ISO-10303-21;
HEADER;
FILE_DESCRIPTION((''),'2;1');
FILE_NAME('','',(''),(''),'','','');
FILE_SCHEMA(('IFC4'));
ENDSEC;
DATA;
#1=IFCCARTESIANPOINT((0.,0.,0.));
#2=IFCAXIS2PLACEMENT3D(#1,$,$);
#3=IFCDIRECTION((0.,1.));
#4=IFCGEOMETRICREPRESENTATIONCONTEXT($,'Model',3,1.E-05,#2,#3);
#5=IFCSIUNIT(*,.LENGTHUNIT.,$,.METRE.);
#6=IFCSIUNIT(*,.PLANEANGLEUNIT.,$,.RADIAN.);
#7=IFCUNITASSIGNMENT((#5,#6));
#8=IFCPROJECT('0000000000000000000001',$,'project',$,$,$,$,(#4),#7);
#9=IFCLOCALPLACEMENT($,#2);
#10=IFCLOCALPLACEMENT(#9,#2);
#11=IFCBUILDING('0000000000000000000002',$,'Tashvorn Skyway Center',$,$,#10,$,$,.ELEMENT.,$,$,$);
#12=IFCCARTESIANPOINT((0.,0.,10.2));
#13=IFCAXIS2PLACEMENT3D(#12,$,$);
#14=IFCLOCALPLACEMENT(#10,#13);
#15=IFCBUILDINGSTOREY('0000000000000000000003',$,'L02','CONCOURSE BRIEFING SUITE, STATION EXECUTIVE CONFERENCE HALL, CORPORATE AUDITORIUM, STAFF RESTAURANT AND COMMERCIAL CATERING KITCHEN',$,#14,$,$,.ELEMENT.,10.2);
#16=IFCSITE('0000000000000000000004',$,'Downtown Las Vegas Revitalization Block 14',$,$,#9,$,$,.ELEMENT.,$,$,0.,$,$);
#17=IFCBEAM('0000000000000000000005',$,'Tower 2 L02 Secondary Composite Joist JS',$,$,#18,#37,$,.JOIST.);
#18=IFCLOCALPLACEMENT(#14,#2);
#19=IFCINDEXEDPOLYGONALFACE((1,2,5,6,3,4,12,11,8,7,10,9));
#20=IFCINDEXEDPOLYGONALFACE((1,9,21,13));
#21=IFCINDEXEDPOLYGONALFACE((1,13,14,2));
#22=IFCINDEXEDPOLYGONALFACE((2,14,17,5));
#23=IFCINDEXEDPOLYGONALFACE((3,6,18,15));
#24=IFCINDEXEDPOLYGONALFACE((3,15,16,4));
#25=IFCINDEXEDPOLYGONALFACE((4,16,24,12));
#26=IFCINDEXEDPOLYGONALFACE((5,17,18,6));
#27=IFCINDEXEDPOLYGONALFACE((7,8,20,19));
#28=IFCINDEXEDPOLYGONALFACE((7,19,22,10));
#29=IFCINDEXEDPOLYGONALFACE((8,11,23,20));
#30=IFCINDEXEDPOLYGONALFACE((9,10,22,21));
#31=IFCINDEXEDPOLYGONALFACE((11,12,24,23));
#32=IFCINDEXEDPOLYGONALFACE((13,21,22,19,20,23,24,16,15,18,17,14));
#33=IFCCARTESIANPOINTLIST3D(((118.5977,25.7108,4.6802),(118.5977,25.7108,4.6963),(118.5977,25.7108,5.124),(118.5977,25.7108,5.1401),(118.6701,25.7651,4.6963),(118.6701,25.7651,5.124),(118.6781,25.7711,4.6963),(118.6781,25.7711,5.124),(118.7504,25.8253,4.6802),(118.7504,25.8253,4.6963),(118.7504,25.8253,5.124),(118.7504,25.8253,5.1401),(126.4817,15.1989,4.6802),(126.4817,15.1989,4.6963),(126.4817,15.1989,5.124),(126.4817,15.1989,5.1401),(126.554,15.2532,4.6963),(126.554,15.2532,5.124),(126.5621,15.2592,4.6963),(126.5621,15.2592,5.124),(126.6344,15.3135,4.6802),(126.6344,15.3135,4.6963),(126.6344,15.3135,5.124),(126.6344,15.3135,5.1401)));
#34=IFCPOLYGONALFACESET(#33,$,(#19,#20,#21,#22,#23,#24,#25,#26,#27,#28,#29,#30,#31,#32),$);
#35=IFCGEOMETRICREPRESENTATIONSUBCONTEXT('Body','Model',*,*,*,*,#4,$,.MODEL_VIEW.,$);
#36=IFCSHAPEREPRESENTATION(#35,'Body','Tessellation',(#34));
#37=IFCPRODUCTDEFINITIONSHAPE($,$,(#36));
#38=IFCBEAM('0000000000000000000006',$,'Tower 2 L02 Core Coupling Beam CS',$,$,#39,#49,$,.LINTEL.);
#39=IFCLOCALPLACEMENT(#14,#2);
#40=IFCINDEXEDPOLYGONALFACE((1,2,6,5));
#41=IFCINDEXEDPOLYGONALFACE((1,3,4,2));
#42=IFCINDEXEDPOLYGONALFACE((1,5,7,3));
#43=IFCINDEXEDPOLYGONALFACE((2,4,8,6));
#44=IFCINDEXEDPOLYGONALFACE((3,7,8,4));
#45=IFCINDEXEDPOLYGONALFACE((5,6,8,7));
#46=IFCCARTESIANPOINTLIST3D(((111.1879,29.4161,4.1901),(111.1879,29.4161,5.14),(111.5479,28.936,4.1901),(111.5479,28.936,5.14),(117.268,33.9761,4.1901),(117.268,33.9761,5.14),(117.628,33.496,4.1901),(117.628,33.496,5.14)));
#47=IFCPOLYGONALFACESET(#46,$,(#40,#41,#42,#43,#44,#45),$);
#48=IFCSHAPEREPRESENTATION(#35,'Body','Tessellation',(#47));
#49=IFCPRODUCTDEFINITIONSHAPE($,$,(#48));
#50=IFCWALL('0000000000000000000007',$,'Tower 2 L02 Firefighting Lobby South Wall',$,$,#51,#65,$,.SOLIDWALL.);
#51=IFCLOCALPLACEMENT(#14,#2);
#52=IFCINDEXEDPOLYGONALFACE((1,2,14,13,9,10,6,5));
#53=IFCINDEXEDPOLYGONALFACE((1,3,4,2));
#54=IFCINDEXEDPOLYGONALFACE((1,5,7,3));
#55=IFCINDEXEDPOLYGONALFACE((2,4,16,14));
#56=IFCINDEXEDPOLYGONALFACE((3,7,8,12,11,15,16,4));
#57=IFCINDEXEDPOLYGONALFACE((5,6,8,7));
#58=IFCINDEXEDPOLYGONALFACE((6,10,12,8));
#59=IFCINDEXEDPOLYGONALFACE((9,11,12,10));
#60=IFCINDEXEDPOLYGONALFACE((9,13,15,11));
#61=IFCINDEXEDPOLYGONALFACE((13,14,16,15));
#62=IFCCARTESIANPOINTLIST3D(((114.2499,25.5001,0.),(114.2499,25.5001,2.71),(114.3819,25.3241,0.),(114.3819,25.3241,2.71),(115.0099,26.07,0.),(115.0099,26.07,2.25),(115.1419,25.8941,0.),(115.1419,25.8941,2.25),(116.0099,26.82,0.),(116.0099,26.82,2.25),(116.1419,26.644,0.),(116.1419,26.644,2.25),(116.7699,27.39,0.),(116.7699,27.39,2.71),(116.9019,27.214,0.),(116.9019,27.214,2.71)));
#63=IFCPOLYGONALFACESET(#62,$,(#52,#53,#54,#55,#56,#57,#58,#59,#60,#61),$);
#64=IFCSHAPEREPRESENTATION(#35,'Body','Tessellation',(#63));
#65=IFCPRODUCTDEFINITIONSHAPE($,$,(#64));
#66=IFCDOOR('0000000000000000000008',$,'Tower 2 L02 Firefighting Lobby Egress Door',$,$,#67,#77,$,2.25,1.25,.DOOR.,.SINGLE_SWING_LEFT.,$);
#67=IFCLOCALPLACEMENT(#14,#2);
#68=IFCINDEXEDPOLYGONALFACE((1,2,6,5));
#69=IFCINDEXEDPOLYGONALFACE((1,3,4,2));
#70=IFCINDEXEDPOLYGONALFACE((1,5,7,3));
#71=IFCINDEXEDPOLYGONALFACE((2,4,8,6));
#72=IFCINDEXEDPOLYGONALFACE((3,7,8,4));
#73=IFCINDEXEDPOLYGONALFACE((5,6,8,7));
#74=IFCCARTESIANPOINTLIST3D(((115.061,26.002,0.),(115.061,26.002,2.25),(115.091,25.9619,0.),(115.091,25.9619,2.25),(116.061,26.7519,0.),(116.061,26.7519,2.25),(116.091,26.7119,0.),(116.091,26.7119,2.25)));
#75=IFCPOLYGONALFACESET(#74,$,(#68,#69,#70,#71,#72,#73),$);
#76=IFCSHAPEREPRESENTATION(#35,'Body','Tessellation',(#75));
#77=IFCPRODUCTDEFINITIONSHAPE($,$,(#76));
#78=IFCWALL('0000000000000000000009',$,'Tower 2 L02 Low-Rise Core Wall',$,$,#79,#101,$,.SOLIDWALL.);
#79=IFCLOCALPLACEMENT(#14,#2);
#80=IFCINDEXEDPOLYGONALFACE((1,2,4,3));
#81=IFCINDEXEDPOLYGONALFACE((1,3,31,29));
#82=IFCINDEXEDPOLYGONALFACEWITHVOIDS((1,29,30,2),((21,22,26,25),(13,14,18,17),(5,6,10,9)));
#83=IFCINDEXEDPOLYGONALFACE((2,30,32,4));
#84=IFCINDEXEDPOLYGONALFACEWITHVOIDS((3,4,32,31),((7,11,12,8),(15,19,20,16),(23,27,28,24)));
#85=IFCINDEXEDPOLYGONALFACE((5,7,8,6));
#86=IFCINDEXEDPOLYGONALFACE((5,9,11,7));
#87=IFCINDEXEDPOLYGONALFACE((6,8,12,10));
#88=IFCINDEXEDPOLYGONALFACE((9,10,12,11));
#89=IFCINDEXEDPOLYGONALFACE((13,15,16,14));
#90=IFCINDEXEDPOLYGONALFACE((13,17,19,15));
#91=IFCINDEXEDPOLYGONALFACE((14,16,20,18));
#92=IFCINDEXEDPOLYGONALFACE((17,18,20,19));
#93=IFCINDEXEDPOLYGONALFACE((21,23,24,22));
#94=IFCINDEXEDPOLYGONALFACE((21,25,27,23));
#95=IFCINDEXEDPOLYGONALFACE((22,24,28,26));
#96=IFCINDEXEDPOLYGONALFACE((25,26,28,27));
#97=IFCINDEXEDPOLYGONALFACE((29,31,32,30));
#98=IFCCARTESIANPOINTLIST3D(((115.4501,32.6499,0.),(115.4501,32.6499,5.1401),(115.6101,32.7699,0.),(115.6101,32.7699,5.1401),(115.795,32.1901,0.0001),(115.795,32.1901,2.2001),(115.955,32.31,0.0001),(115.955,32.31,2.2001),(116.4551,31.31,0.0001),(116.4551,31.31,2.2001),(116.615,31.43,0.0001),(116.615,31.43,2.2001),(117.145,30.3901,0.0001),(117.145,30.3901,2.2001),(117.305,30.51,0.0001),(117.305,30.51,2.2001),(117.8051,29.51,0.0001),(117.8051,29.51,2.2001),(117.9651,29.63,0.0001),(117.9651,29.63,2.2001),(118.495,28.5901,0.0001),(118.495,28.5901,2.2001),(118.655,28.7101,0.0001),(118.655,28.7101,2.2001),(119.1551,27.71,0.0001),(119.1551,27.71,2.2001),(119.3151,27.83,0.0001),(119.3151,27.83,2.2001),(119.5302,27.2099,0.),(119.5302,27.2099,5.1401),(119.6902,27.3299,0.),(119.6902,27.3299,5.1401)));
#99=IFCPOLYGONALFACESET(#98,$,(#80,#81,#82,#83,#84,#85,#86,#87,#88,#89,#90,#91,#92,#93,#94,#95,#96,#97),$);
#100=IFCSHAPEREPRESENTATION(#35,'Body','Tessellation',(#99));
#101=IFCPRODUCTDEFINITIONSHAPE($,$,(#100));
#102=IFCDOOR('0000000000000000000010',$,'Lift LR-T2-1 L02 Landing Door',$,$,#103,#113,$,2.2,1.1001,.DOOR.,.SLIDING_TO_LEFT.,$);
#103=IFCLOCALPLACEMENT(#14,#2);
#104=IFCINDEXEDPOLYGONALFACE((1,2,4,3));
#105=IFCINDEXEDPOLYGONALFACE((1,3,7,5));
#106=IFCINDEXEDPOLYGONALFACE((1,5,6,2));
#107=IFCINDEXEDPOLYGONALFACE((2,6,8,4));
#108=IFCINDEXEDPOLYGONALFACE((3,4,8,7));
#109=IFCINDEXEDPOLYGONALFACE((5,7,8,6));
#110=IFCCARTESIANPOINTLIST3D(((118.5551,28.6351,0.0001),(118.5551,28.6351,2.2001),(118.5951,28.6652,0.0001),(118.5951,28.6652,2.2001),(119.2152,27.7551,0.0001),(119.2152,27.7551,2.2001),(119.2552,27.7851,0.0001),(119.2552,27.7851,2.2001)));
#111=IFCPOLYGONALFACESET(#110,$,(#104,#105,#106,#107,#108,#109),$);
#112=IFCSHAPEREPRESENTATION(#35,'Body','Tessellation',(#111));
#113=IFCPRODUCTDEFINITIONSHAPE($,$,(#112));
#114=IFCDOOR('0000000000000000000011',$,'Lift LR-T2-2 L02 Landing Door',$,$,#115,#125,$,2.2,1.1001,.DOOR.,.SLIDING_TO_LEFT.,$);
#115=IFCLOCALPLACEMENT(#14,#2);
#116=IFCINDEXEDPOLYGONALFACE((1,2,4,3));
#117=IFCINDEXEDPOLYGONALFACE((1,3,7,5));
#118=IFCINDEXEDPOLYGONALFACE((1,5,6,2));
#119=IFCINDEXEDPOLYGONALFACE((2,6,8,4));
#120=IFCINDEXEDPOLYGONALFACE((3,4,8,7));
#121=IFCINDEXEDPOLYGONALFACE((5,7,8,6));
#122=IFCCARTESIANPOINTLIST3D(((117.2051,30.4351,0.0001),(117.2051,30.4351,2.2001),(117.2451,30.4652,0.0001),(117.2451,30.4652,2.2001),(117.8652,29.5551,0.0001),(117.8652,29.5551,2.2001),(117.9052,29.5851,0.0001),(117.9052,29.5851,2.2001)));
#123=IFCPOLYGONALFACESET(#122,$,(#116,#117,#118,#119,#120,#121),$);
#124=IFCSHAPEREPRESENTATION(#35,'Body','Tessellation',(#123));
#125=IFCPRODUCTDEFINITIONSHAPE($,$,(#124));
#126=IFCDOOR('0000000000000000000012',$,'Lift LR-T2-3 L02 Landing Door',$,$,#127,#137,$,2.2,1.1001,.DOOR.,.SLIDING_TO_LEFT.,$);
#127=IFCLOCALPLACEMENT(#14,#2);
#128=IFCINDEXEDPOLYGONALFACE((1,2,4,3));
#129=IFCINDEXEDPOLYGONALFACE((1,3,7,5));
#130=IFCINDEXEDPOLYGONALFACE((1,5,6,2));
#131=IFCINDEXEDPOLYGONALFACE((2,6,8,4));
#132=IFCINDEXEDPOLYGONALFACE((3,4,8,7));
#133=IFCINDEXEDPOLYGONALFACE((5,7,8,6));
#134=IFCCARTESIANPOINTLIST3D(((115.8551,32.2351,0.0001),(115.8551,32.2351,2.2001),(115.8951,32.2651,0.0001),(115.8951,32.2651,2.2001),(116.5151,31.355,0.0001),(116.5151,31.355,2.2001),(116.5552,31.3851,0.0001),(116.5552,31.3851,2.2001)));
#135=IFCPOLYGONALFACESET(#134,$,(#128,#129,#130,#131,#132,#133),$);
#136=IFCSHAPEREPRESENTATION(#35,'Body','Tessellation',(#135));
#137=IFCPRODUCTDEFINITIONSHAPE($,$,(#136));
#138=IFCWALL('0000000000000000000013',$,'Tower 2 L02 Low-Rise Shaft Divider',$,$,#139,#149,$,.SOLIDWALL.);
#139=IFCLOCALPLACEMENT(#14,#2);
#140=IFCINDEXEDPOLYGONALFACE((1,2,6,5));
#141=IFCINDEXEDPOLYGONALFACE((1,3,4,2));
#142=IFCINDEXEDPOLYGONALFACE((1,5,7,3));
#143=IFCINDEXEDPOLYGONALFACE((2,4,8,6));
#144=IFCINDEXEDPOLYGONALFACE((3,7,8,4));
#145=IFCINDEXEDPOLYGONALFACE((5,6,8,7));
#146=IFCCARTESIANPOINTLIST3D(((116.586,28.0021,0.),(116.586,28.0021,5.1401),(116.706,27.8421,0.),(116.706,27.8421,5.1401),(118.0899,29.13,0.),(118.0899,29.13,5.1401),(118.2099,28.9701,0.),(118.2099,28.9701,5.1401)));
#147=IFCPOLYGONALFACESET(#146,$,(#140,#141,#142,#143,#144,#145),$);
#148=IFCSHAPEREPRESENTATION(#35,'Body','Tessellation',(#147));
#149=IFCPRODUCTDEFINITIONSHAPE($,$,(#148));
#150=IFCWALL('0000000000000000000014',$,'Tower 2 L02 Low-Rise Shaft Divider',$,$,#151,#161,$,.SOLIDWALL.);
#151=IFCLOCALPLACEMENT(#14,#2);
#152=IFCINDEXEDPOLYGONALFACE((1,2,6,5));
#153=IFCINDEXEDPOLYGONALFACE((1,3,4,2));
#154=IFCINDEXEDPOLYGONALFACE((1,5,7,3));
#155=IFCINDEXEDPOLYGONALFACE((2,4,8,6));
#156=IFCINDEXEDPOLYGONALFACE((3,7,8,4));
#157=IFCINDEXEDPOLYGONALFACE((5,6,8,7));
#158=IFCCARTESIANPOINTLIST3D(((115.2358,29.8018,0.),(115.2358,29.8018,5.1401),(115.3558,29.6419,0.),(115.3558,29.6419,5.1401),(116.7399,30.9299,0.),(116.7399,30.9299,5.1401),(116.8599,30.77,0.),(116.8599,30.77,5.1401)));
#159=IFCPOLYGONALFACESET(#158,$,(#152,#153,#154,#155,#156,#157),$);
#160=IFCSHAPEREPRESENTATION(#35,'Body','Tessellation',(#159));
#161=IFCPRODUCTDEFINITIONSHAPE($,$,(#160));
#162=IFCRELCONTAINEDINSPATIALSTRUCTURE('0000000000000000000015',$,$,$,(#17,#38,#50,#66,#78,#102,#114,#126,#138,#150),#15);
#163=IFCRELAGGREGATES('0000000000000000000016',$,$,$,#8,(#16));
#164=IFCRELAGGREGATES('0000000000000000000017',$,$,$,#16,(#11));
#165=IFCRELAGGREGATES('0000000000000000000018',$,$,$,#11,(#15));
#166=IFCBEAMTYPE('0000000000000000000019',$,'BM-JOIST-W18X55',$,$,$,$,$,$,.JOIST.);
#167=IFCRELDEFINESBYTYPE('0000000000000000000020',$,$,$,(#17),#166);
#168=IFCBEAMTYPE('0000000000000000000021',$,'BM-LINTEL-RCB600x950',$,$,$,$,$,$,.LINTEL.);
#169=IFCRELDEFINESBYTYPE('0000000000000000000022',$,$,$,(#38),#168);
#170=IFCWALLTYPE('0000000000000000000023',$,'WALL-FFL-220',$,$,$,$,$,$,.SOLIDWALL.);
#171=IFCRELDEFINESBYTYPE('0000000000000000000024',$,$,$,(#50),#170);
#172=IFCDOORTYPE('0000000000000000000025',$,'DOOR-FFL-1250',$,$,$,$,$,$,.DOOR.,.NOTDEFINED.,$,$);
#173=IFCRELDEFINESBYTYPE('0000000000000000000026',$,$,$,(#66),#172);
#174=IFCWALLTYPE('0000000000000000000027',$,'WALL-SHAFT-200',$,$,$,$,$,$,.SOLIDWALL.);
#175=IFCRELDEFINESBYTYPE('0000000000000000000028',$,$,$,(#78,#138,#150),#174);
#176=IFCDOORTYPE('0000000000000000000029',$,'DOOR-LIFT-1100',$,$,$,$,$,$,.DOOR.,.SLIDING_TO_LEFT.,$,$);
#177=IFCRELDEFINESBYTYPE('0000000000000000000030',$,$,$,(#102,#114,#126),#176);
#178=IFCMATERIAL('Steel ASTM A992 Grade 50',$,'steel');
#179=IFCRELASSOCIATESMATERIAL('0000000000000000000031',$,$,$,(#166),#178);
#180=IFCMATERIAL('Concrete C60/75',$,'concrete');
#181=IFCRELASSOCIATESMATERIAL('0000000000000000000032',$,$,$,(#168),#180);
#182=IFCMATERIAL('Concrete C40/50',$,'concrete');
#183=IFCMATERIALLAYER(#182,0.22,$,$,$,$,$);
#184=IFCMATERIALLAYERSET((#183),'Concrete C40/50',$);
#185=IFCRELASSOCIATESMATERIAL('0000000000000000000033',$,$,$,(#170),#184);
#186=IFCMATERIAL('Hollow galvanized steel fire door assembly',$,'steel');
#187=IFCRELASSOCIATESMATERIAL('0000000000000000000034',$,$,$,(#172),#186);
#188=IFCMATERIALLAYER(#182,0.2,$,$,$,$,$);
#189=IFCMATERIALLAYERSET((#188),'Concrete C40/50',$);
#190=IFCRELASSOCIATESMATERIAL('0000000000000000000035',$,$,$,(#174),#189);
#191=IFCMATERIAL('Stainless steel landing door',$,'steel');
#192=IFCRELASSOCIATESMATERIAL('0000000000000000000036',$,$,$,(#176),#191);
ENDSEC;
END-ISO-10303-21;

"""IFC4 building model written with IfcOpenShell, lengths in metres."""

from ifc_helpers import new_model, si_unit, direction, frame, frame_2d, origin, origin_2d, place, context, subcontext, project, spatial, rectangle, i_section, extrude, material, layer, layer_set, material_profile, profile_set, type_object, element, fill, save


model = new_model("IFC4")

# Units and contexts
model_context = context("Model", 3, precision=1e-05, world=origin(), true_north=direction((0.0, 1.0)))
body_context = subcontext(model_context, "Body", "Model", "MODEL_VIEW")
ifc_project = project(units=[si_unit("LENGTHUNIT", "METRE"), si_unit("PLANEANGLEUNIT", "RADIAN")], contexts=[model_context])

# Site, building, storey
site_placement = place(None, origin())
site = spatial("IfcSite", under=ifc_project, at=site_placement, Name="Downtown Las Vegas Revitalization Block 14", CompositionType="ELEMENT", RefElevation=0.0)
building_placement = place(site_placement, origin())
building = spatial("IfcBuilding", under=site, at=building_placement, Name="Tashvorn Skyway Center", CompositionType="ELEMENT")
storey_placement = place(building_placement, frame((0.0, 0.0, 10.2)))
storey = spatial("IfcBuildingStorey", under=building, at=storey_placement, Name="L02", Description="CONCOURSE BRIEFING SUITE, STATION EXECUTIVE CONFERENCE HALL, CORPORATE AUDITORIUM, STAFF RESTAURANT AND COMMERCIAL CATERING KITCHEN", CompositionType="ELEMENT", Elevation=10.2)

# Beams
ifc_material_1 = material(Name="Steel ASTM A992 Grade 50", Category="steel")
ifc_material_profile_1 = material_profile(ifc_material_1, i_section(OverallWidth=0.1909, OverallDepth=0.46, WebThickness=0.01, FlangeThickness=0.0161, at=origin_2d()), Name="W18X55")
ifc_profile_set_1 = profile_set([ifc_material_profile_1], Name="Steel ASTM A992 Grade 50")
beam_type_1 = type_object("IfcBeamType", Name="BM-JOIST-W18X55", PredefinedType="JOIST", material=ifc_profile_set_1)
beam_1_placement = place(storey_placement, frame((118.6741, 25.7681, 4.9102), z_axis=(0.600003, -0.799998, 0.0), x_axis=(0.799998, 0.600003, 0.0)))
element("IfcBeam", 1, at=beam_1_placement, inside=storey, type_object=beam_type_1, Name="Tower 2 L02 Secondary Composite Joist JS", PredefinedType="JOIST", context=body_context, shape_type="SweptSolid", body=[
    extrude(i_section(OverallWidth=0.1909, OverallDepth=0.46, WebThickness=0.01, FlangeThickness=0.0161, at=origin_2d()), origin(), (0.0, 0.0, 1.0), 13.1399),
])
ifc_material_2 = material(Name="Concrete C60/75", Category="concrete")
ifc_material_profile_2 = material_profile(ifc_material_2, rectangle(XDim=0.6001, YDim=0.95, at=origin_2d()), Name="RCB600x950")
ifc_profile_set_2 = profile_set([ifc_material_profile_2], Name="Concrete C60/75")
beam_type_2 = type_object("IfcBeamType", Name="BM-LINTEL-RCB600x950", PredefinedType="LINTEL", material=ifc_profile_set_2)
beam_2_placement = place(storey_placement, frame((111.3679, 29.176, 4.665), z_axis=(0.8, 0.6, 0.0), x_axis=(-0.6, 0.8, 0.0)))
element("IfcBeam", 2, at=beam_2_placement, inside=storey, type_object=beam_type_2, Name="Tower 2 L02 Core Coupling Beam CS", PredefinedType="LINTEL", context=body_context, shape_type="SweptSolid", body=[
    extrude(rectangle(XDim=0.6001, YDim=0.95, at=origin_2d()), origin(), (0.0, 0.0, 1.0), 7.6001),
])

# Wall, opening, door
ifc_material_3 = material(Name="Concrete C40/50", Category="concrete")
ifc_layer_1 = layer(ifc_material_3, 0.22)
ifc_layer_set_1 = layer_set([ifc_layer_1], Name="Concrete C40/50")
wall_type_1 = type_object("IfcWallType", Name="WALL-FFL-220", PredefinedType="SOLIDWALL", material=ifc_layer_set_1)
wall_1_placement = place(storey_placement, frame((114.3159, 25.4121, 0.0), z_axis=(0.0, 0.0, 1.0), x_axis=(0.800019, 0.599975, 0.0)))
wall_1 = element("IfcWall", 3, at=wall_1_placement, inside=storey, type_object=wall_type_1, Name="Tower 2 L02 Firefighting Lobby South Wall", PredefinedType="SOLIDWALL", context=body_context, shape_type="SweptSolid", body=[
    extrude(rectangle(XDim=3.1499, YDim=0.22, at=frame_2d((1.575, 0.0))), origin(), (0.0, 0.0, 1.0), 2.71),
])
opening_1_placement = place(wall_1_placement, frame((0.95, 0.0, 0.0)))
opening_1 = element("IfcOpeningElement", 4, at=opening_1_placement, cuts=wall_1, PredefinedType="OPENING", context=body_context, shape_type="SweptSolid", body=[
    extrude(rectangle(XDim=1.25, YDim=2.25, at=frame_2d((0.625, 1.125))), frame((0.0, 0.1199, 0.0), z_axis=(0.0, -1.0, 0.0), x_axis=(1.0, 0.0, 0.0)), (0.0, 0.0, 1.0), 0.24),
])
ifc_material_4 = material(Name="Hollow galvanized steel fire door assembly", Category="steel")
door_type_1 = type_object("IfcDoorType", Name="DOOR-FFL-1250", OperationType="NOTDEFINED", PredefinedType="DOOR", material=ifc_material_4)
door_1_placement = place(opening_1_placement, origin())
door_1 = element("IfcDoor", 5, at=door_1_placement, inside=storey, type_object=door_type_1, Name="Tower 2 L02 Firefighting Lobby Egress Door", OperationType="SINGLE_SWING_LEFT", OverallHeight=2.25, OverallWidth=1.25, PredefinedType="DOOR", context=body_context, shape_type="SweptSolid", body=[
    extrude(rectangle(XDim=1.25, YDim=2.25, at=frame_2d((0.625, 1.125))), frame((0.0, 0.0249, 0.0), z_axis=(0.0, -1.0, 0.0), x_axis=(1.0, 0.0, 0.0)), (0.0, 0.0, 1.0), 0.05),
])
fill(opening_1, door_1)

# Wall, openings, doors
ifc_layer_2 = layer(ifc_material_3, 0.2)
ifc_layer_set_2 = layer_set([ifc_layer_2], Name="Concrete C40/50")
wall_type_2 = type_object("IfcWallType", Name="WALL-SHAFT-200", PredefinedType="SOLIDWALL", material=ifc_layer_set_2)
wall_2_placement = place(storey_placement, frame((119.6101, 27.27, 0.0), z_axis=(0.0, 0.0, 1.0), x_axis=(-0.600011, 0.799991, 0.0)))
wall_2 = element("IfcWall", 6, at=wall_2_placement, inside=storey, type_object=wall_type_2, Name="Tower 2 L02 Low-Rise Core Wall", PredefinedType="SOLIDWALL", context=body_context, shape_type="SweptSolid", body=[
    extrude(rectangle(XDim=6.8, YDim=0.2, at=frame_2d((3.3999, 0.0))), origin(), (0.0, 0.0, 1.0), 5.1401),
])
opening_2_placement = place(wall_2_placement, frame((0.625, 0.0, 0.0)))
opening_2 = element("IfcOpeningElement", 7, at=opening_2_placement, cuts=wall_2, PredefinedType="OPENING", context=body_context, shape_type="SweptSolid", body=[
    extrude(rectangle(XDim=1.1001, YDim=2.2, at=frame_2d((0.55, 1.1001))), frame((0.0, 0.1099, 0.0), z_axis=(0.0, -1.0, 0.0), x_axis=(1.0, 0.0, 0.0)), (0.0, 0.0, 1.0), 0.22),
])
opening_3_placement = place(wall_2_placement, frame((2.875, 0.0, 0.0)))
opening_3 = element("IfcOpeningElement", 8, at=opening_3_placement, cuts=wall_2, PredefinedType="OPENING", context=body_context, shape_type="SweptSolid", body=[
    extrude(rectangle(XDim=1.1001, YDim=2.2, at=frame_2d((0.55, 1.1001))), frame((0.0, 0.1099, 0.0), z_axis=(0.0, -1.0, 0.0), x_axis=(1.0, 0.0, 0.0)), (0.0, 0.0, 1.0), 0.22),
])
opening_4_placement = place(wall_2_placement, frame((5.125, 0.0, 0.0)))
opening_4 = element("IfcOpeningElement", 9, at=opening_4_placement, cuts=wall_2, PredefinedType="OPENING", context=body_context, shape_type="SweptSolid", body=[
    extrude(rectangle(XDim=1.1001, YDim=2.2, at=frame_2d((0.55, 1.1001))), frame((0.0, 0.1099, 0.0), z_axis=(0.0, -1.0, 0.0), x_axis=(1.0, 0.0, 0.0)), (0.0, 0.0, 1.0), 0.22),
])
ifc_material_5 = material(Name="Stainless steel landing door", Category="steel")
door_type_2 = type_object("IfcDoorType", Name="DOOR-LIFT-1100", OperationType="SLIDING_TO_LEFT", PredefinedType="DOOR", material=ifc_material_5)
door_2_placement = place(opening_2_placement, origin())
door_2 = element("IfcDoor", 10, at=door_2_placement, inside=storey, type_object=door_type_2, Name="Lift LR-T2-1 L02 Landing Door", OperationType="SLIDING_TO_LEFT", OverallHeight=2.2, OverallWidth=1.1001, PredefinedType="DOOR", context=body_context, shape_type="SweptSolid", body=[
    extrude(rectangle(XDim=1.1001, YDim=2.2, at=frame_2d((0.55, 1.1001))), frame((0.0, 0.0249, 0.0), z_axis=(0.0, -1.0, 0.0), x_axis=(1.0, 0.0, 0.0)), (0.0, 0.0, 1.0), 0.05),
])
fill(opening_2, door_2)
door_3_placement = place(opening_3_placement, origin())
door_3 = element("IfcDoor", 11, at=door_3_placement, inside=storey, type_object=door_type_2, Name="Lift LR-T2-2 L02 Landing Door", OperationType="SLIDING_TO_LEFT", OverallHeight=2.2, OverallWidth=1.1001, PredefinedType="DOOR", context=body_context, shape_type="SweptSolid", body=[
    extrude(rectangle(XDim=1.1001, YDim=2.2, at=frame_2d((0.55, 1.1001))), frame((0.0, 0.0249, 0.0), z_axis=(0.0, -1.0, 0.0), x_axis=(1.0, 0.0, 0.0)), (0.0, 0.0, 1.0), 0.05),
])
fill(opening_3, door_3)
door_4_placement = place(opening_4_placement, origin())
door_4 = element("IfcDoor", 12, at=door_4_placement, inside=storey, type_object=door_type_2, Name="Lift LR-T2-3 L02 Landing Door", OperationType="SLIDING_TO_LEFT", OverallHeight=2.2, OverallWidth=1.1001, PredefinedType="DOOR", context=body_context, shape_type="SweptSolid", body=[
    extrude(rectangle(XDim=1.1001, YDim=2.2, at=frame_2d((0.55, 1.1001))), frame((0.0, 0.0249, 0.0), z_axis=(0.0, -1.0, 0.0), x_axis=(1.0, 0.0, 0.0)), (0.0, 0.0, 1.0), 0.05),
])
fill(opening_4, door_4)

# Walls
wall_3_placement = place(storey_placement, frame((116.646, 27.9221, 0.0), z_axis=(0.0, 0.0, 1.0), x_axis=(0.8, 0.6, 0.0)))
element("IfcWall", 13, at=wall_3_placement, inside=storey, type_object=wall_type_2, Name="Tower 2 L02 Low-Rise Shaft Divider", PredefinedType="SOLIDWALL", context=body_context, shape_type="SweptSolid", body=[
    extrude(rectangle(XDim=1.8799, YDim=0.2, at=frame_2d((0.9399, 0.0))), origin(), (0.0, 0.0, 1.0), 5.1401),
])
wall_4_placement = place(storey_placement, frame((115.2959, 29.7219, 0.0), z_axis=(0.0, 0.0, 1.0), x_axis=(0.799984, 0.600021, 0.0)))
element("IfcWall", 14, at=wall_4_placement, inside=storey, type_object=wall_type_2, Name="Tower 2 L02 Low-Rise Shaft Divider", PredefinedType="SOLIDWALL", context=body_context, shape_type="SweptSolid", body=[
    extrude(rectangle(XDim=1.8801, YDim=0.2, at=frame_2d((0.9399, 0.0))), origin(), (0.0, 0.0, 1.0), 5.1401),
])

save(model, "model.ifc")
